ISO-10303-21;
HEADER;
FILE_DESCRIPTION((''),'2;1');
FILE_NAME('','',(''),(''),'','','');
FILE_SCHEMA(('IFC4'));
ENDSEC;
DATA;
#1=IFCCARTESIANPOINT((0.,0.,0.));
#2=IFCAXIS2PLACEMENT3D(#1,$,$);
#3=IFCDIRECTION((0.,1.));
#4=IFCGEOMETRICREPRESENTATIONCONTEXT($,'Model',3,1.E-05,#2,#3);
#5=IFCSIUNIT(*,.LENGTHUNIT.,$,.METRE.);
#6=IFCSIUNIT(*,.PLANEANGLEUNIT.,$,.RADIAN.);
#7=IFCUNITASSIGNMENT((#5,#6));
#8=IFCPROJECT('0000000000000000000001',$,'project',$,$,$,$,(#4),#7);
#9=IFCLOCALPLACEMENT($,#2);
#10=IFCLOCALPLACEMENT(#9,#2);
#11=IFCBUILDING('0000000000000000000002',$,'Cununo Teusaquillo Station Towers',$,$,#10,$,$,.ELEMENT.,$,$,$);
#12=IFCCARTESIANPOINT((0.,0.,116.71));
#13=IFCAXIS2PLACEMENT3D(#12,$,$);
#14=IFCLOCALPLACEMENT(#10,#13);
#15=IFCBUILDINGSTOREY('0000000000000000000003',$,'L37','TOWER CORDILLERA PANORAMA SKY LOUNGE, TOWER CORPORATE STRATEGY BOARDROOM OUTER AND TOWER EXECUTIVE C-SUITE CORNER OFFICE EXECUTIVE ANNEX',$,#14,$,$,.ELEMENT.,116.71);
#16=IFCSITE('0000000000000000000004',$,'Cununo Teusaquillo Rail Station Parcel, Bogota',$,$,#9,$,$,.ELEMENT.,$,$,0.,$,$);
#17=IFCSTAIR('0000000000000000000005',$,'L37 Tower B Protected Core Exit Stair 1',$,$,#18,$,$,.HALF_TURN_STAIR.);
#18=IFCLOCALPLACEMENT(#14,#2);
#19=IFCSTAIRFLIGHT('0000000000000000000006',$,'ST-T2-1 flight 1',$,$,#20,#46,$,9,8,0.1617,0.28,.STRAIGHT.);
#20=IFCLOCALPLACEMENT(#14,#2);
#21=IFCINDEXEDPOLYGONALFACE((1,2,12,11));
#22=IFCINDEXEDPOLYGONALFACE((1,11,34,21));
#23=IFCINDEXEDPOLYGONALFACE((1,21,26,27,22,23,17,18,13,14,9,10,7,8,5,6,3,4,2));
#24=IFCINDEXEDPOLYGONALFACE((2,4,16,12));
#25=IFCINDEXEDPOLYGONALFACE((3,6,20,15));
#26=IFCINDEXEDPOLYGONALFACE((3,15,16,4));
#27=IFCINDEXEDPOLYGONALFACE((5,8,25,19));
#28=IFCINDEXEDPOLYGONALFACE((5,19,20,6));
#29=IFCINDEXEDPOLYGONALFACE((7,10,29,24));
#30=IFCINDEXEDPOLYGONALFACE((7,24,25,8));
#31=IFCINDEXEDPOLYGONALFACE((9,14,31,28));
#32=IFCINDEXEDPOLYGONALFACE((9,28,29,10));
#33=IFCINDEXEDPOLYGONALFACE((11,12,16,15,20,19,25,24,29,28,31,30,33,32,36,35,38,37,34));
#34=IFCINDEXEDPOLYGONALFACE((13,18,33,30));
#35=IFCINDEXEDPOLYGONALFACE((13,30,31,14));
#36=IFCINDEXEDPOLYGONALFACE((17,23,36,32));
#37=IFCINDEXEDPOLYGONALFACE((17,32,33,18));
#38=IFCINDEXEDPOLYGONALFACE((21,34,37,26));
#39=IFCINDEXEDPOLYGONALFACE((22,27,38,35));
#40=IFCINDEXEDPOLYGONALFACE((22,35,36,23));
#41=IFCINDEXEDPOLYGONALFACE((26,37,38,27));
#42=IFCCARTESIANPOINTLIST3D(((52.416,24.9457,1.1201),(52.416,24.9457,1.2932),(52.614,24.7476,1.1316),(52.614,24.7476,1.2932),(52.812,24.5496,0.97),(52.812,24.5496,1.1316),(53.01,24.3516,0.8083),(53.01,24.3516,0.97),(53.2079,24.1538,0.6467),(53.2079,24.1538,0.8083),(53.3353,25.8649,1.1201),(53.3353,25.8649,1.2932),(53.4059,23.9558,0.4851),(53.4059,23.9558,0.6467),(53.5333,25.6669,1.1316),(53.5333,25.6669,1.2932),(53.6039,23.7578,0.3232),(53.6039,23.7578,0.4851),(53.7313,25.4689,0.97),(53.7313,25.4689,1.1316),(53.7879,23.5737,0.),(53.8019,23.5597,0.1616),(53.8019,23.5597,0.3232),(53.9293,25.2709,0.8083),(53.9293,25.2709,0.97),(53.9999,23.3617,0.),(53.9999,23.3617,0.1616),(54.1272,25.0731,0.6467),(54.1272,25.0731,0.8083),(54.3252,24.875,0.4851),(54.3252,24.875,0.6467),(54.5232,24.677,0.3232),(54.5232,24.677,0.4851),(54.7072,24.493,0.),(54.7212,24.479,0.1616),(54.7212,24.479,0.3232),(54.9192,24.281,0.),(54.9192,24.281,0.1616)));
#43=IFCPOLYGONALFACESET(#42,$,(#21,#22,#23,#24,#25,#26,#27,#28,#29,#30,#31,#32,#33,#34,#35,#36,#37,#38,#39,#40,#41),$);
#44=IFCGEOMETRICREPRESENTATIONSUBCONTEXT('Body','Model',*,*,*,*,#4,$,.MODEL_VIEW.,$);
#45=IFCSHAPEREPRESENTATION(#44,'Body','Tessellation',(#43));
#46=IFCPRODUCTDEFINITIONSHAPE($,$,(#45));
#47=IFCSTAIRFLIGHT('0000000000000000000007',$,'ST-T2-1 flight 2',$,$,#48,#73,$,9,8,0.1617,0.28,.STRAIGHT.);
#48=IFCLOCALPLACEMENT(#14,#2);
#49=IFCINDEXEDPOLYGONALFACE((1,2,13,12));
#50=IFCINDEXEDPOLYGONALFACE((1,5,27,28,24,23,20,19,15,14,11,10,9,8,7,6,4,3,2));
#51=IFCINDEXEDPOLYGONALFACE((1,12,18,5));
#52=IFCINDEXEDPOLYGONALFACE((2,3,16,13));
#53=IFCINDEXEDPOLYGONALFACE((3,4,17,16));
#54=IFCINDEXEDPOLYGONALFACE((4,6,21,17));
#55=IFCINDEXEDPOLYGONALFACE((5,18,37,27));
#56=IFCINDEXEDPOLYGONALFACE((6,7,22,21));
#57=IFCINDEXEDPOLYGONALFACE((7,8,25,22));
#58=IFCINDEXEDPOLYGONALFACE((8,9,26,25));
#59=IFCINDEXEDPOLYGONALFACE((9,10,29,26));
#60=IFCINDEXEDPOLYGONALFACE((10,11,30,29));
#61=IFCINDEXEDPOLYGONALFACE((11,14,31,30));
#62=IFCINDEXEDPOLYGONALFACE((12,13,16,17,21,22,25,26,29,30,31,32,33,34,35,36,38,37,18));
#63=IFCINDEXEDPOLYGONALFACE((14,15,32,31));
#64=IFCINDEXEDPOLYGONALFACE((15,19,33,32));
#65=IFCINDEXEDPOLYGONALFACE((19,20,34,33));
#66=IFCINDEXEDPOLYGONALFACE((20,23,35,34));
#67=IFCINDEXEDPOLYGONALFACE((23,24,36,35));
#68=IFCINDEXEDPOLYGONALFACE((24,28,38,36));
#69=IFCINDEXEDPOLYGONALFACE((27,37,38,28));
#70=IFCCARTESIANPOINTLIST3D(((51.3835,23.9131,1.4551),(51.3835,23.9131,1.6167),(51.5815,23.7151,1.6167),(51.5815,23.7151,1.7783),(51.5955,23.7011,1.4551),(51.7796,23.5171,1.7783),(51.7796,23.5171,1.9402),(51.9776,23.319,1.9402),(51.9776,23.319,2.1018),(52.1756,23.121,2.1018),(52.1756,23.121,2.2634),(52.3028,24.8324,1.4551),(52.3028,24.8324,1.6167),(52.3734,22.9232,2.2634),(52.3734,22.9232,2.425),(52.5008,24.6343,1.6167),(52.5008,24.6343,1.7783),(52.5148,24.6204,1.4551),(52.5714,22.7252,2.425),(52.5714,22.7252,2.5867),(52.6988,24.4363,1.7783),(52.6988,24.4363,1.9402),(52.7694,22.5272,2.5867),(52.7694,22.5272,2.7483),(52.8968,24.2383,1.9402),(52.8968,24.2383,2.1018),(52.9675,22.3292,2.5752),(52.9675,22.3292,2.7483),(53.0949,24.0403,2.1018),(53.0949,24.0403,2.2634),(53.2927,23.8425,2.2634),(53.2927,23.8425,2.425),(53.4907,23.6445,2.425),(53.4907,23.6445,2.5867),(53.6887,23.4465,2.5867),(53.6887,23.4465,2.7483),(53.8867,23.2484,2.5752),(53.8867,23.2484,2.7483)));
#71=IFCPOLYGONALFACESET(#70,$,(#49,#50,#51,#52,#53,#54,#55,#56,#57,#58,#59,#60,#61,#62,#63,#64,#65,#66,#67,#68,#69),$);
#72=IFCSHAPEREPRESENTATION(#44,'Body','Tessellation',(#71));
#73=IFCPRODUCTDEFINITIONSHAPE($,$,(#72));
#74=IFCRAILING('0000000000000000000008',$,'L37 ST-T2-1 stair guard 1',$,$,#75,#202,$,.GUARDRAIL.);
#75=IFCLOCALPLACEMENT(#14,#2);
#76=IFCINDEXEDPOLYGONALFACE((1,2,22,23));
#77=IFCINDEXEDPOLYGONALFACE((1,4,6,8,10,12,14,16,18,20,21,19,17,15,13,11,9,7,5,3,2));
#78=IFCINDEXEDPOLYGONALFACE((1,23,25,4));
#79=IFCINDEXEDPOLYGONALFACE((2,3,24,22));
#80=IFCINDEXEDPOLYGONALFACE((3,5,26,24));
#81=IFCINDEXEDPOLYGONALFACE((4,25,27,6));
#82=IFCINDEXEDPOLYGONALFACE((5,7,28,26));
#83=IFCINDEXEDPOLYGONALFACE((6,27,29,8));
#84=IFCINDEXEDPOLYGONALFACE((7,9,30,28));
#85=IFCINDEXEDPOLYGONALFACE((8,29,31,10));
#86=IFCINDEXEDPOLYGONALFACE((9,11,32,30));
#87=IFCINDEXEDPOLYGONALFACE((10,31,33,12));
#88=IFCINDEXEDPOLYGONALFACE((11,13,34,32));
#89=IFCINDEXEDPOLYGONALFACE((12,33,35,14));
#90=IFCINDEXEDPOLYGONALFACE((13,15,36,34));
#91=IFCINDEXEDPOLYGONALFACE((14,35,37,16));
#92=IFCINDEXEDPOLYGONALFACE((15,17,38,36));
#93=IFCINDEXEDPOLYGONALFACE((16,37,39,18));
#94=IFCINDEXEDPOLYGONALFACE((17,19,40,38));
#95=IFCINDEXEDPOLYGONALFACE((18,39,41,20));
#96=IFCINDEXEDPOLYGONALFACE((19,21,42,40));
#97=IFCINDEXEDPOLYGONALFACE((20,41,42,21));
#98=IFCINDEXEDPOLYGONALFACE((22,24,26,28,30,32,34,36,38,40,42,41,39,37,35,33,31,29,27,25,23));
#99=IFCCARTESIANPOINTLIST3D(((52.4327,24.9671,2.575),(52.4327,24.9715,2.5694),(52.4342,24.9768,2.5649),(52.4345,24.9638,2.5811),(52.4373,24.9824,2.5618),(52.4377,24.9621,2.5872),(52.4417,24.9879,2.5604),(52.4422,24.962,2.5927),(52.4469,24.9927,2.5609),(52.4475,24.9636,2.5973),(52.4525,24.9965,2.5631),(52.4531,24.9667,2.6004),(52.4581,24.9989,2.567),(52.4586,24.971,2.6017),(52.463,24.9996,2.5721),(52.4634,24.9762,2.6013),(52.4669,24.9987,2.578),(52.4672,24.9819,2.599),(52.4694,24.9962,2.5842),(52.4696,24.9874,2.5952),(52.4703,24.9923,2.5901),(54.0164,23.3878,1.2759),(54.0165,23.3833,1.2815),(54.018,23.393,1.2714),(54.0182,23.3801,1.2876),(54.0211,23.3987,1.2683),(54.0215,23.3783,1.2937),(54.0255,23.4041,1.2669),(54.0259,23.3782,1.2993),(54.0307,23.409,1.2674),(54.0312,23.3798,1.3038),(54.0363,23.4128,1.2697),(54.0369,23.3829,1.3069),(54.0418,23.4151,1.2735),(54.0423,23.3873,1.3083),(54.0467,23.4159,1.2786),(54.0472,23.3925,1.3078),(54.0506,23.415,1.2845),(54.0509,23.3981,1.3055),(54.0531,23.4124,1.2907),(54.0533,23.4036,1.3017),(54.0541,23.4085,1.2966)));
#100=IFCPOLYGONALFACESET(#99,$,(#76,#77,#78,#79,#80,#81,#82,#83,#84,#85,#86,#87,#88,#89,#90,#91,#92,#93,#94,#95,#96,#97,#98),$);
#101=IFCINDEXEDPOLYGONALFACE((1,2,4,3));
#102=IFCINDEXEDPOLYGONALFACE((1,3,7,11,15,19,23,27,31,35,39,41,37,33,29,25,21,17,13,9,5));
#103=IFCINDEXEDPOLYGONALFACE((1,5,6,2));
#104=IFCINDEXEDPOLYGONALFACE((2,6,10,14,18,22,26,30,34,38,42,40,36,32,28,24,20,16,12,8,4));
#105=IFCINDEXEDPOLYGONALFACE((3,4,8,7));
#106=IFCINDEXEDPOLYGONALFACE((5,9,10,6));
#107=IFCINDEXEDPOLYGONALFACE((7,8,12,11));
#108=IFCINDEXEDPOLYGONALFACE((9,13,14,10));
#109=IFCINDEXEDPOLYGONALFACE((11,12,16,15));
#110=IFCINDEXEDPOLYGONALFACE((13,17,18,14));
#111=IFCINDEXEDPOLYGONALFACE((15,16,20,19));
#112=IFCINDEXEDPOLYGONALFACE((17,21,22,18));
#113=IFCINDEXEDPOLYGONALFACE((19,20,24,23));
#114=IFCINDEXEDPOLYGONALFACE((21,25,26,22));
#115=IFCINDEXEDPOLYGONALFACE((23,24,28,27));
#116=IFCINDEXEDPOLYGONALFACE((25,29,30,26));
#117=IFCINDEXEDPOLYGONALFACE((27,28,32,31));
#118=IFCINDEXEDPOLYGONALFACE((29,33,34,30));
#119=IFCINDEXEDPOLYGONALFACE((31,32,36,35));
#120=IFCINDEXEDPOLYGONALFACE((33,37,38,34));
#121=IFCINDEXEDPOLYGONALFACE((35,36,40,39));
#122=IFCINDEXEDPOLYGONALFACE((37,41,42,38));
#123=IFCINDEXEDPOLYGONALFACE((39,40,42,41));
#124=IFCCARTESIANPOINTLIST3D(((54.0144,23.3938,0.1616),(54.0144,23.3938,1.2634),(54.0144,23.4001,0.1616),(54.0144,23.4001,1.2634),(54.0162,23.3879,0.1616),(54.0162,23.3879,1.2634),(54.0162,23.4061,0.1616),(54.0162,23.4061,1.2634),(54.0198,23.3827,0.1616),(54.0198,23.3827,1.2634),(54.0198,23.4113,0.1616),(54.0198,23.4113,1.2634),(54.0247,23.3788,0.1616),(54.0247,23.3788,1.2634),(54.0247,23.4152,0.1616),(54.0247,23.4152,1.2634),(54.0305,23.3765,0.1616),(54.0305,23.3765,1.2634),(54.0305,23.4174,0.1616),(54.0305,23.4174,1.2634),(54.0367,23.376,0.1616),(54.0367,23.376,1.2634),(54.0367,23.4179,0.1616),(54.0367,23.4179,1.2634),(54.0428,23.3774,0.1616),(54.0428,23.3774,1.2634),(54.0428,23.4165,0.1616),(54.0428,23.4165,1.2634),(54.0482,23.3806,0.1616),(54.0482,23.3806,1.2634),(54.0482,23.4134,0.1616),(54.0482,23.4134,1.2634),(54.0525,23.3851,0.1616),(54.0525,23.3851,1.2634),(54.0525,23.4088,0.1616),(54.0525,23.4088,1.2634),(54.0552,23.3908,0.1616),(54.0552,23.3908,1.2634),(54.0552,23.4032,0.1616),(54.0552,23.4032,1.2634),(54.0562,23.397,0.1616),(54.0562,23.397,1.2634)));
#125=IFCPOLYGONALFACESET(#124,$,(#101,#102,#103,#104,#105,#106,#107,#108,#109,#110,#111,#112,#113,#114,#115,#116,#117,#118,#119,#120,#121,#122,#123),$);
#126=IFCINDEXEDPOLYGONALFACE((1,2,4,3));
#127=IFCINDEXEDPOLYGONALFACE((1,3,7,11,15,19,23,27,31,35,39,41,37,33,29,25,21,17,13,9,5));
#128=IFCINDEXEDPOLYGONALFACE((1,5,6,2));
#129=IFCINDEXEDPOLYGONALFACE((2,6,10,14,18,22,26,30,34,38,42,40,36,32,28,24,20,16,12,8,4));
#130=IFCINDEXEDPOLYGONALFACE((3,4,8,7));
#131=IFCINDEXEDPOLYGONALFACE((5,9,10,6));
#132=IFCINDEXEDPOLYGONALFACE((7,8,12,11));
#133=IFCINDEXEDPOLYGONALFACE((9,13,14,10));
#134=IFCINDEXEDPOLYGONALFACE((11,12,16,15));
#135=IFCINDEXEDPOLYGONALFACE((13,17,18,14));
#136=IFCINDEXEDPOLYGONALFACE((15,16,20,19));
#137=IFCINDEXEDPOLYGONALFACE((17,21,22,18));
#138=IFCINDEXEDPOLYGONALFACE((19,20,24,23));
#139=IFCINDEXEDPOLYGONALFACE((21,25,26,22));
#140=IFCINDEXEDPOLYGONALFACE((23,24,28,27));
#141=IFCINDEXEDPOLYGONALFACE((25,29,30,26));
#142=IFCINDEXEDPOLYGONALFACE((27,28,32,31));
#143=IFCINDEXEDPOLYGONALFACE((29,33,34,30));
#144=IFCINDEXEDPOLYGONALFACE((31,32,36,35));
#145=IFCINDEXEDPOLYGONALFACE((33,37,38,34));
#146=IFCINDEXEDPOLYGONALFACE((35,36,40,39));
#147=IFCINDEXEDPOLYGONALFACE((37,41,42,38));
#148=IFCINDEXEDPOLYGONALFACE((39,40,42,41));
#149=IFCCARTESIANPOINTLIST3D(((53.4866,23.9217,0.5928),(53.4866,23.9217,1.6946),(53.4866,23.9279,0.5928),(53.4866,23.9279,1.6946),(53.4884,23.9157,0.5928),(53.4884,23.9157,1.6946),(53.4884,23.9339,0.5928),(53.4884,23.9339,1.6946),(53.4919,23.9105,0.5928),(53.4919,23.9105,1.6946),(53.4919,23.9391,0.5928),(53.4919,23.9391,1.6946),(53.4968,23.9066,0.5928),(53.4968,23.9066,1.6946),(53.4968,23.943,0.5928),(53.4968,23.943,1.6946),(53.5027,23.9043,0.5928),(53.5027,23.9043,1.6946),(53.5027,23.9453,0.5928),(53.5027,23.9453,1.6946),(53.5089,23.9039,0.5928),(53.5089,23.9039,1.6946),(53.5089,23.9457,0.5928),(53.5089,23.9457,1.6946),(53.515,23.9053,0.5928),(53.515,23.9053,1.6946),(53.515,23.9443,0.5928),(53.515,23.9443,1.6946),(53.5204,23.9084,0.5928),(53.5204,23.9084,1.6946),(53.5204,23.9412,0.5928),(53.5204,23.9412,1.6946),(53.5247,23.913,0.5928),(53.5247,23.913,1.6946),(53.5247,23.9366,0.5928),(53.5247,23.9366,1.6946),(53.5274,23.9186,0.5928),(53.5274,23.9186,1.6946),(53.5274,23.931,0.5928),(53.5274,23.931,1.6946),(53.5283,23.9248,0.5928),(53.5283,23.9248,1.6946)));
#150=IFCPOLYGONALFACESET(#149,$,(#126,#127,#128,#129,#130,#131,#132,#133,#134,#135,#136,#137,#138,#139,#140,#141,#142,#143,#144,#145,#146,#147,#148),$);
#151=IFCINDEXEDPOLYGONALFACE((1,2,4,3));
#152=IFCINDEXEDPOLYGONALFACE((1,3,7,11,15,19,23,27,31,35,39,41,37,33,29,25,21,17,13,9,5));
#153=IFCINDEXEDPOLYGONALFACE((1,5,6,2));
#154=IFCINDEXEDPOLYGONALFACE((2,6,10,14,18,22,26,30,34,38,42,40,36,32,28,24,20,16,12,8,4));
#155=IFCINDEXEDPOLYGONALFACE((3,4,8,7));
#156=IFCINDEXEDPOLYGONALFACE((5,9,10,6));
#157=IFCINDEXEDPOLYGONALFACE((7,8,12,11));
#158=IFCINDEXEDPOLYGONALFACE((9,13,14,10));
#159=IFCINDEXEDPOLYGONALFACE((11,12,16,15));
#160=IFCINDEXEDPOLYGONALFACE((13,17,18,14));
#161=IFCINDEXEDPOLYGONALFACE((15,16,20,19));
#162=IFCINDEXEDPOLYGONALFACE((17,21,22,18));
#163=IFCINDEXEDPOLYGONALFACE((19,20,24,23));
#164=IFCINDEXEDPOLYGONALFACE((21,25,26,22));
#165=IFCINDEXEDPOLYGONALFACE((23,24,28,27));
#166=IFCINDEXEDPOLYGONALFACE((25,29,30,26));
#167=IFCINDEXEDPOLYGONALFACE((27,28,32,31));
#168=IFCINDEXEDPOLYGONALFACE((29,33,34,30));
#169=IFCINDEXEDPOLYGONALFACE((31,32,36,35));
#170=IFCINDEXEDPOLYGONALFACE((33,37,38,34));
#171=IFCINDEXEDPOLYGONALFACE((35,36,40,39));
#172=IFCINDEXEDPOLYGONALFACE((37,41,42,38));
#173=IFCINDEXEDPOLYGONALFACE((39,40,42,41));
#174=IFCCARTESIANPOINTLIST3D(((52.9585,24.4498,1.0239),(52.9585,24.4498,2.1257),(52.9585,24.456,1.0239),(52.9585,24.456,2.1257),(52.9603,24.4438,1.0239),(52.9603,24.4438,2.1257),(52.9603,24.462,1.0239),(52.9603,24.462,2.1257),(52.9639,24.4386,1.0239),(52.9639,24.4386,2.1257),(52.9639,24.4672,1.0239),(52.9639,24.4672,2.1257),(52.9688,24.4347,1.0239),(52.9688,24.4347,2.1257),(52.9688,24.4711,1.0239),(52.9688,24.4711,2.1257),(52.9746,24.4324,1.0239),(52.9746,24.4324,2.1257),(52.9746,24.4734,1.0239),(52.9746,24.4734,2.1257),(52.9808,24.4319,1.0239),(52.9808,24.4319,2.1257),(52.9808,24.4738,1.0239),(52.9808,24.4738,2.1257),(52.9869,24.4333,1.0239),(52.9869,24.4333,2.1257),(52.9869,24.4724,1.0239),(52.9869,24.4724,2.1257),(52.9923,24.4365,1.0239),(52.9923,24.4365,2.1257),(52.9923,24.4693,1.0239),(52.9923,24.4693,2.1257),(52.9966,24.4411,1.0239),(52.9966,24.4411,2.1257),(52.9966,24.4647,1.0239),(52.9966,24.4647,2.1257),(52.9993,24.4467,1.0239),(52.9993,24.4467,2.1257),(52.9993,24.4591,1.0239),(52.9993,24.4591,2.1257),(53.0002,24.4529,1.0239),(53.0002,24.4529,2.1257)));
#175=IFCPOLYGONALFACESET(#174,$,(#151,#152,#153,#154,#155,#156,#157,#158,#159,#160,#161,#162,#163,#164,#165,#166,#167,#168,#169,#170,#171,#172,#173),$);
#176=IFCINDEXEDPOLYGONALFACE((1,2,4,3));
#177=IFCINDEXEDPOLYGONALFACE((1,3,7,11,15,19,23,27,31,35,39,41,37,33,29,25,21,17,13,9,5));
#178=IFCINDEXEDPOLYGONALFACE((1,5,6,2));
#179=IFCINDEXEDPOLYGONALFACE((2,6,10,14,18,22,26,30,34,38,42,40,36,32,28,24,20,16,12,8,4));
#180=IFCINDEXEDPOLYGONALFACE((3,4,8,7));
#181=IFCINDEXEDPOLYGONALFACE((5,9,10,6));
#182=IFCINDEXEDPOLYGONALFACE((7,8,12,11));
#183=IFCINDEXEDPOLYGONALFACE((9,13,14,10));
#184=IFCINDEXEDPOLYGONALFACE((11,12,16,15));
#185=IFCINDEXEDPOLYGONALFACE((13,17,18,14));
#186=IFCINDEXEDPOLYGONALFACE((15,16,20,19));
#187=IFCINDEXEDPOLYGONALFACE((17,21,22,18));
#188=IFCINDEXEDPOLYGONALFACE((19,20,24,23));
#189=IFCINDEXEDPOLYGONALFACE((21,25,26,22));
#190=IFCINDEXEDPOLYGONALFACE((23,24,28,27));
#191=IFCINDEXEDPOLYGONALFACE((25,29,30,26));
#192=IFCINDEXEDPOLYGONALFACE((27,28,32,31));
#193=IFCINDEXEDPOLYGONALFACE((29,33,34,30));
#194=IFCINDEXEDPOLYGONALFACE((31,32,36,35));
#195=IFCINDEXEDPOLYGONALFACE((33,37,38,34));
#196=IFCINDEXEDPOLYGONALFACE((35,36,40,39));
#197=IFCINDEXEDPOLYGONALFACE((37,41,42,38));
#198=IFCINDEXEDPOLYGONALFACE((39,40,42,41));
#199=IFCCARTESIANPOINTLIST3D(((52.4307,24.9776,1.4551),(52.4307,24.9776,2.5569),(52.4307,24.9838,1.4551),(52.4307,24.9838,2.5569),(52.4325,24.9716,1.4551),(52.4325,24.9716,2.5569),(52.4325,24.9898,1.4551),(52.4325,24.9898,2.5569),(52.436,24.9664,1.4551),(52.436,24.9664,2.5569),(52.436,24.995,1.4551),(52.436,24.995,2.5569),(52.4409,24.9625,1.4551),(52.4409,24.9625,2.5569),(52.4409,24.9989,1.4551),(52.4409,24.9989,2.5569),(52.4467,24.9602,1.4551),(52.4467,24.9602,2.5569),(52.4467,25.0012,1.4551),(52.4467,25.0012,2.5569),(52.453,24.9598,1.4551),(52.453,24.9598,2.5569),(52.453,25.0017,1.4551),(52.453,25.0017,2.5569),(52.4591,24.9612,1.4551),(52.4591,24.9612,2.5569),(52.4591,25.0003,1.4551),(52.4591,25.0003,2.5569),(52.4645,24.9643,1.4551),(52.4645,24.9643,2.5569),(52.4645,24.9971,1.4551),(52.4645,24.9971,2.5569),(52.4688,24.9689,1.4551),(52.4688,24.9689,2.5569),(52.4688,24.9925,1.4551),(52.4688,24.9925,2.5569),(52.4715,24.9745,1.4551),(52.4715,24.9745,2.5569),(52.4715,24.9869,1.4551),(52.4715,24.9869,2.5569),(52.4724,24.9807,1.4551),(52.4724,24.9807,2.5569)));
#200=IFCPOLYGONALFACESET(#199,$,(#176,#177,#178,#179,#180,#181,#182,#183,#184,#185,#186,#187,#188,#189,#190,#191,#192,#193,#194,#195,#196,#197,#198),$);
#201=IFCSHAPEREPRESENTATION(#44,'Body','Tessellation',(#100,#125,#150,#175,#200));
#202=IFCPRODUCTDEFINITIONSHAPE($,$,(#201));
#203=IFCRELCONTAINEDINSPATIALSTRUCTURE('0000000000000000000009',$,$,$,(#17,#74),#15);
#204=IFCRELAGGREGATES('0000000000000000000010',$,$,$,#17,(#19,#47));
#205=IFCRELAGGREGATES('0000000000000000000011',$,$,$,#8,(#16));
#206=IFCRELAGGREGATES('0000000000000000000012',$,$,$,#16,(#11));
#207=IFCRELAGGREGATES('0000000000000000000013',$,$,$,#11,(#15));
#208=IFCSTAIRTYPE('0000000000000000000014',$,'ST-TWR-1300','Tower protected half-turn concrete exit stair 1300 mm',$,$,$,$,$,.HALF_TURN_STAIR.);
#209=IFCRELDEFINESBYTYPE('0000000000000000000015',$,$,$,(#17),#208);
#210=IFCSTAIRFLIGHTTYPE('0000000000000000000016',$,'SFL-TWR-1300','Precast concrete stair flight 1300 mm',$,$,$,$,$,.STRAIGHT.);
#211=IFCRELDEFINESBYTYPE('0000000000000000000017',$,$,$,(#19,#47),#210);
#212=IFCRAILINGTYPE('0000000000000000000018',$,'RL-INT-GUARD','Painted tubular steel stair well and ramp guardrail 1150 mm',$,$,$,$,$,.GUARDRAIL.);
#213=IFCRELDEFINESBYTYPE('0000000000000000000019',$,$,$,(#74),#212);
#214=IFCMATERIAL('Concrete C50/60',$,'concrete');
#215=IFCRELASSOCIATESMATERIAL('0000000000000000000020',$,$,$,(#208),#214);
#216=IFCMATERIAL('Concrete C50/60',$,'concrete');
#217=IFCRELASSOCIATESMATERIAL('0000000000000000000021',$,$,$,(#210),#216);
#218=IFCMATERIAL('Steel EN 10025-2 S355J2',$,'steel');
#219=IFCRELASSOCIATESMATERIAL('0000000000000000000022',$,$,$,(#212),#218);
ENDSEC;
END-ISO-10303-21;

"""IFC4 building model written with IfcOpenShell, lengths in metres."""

from ifc_helpers import new_model, si_unit, direction, frame, origin, origin_2d, place, context, subcontext, project, spatial, polyline, circle, outline, extrude, material, type_object, element, aggregate, save


model = new_model("IFC4")

# Units and contexts
model_context = context("Model", 3, precision=1e-05, world=origin(), true_north=direction((0.0, 1.0)))
body_context = subcontext(model_context, "Body", "Model", "MODEL_VIEW")
ifc_project = project(units=[si_unit("LENGTHUNIT", "METRE"), si_unit("PLANEANGLEUNIT", "RADIAN")], contexts=[model_context])

# Site, building, storey
site_placement = place(None, origin())
site = spatial("IfcSite", under=ifc_project, at=site_placement, Name="Cununo Teusaquillo Rail Station Parcel, Bogota", CompositionType="ELEMENT", RefElevation=0.0)
building_placement = place(site_placement, origin())
building = spatial("IfcBuilding", under=site, at=building_placement, Name="Cununo Teusaquillo Station Towers", CompositionType="ELEMENT")
storey_placement = place(building_placement, frame((0.0, 0.0, 116.71)))
storey = spatial("IfcBuildingStorey", under=building, at=storey_placement, Name="L37", Description="TOWER CORDILLERA PANORAMA SKY LOUNGE, TOWER CORPORATE STRATEGY BOARDROOM OUTER AND TOWER EXECUTIVE C-SUITE CORNER OFFICE EXECUTIVE ANNEX", CompositionType="ELEMENT", Elevation=116.71)

# Stair, stair flights
ifc_material_1 = material(Name="Concrete C50/60", Category="concrete")
stair_type = type_object("IfcStairType", Name="ST-TWR-1300", Description="Tower protected half-turn concrete exit stair 1300 mm", PredefinedType="HALF_TURN_STAIR", material=ifc_material_1)
stair_placement = place(storey_placement, origin())
stair = element("IfcStair", 1, at=stair_placement, inside=storey, type_object=stair_type, Name="L37 Tower B Protected Core Exit Stair 1", PredefinedType="HALF_TURN_STAIR")
ifc_material_2 = material(Name="Concrete C50/60", Category="concrete")
stair_flight_type = type_object("IfcStairFlightType", Name="SFL-TWR-1300", Description="Precast concrete stair flight 1300 mm", PredefinedType="STRAIGHT", material=ifc_material_2)
stair_flight_1_placement = place(storey_placement, frame((54.4595, 23.8213, 0.0), z_axis=(0.0, 0.0, 1.0), x_axis=(-0.707107, 0.707107, 0.0)))
stair_flight_1 = element("IfcStairFlight", 2, at=stair_flight_1_placement, type_object=stair_flight_type, Name="ST-T2-1 flight 1", NumberOfRisers=9, NumberOfTreads=8, PredefinedType="STRAIGHT", RiserHeight=0.1617, TreadLength=0.28, context=body_context, shape_type="SweptSolid", body=[
    extrude(outline(polyline([(0.0, 0.0), (0.0, 0.1616), (0.28, 0.1616), (0.28, 0.3232), (0.5601, 0.3232), (0.5601, 0.4851), (0.8401, 0.4851), (0.8401, 0.6467), (1.1201, 0.6467), (1.1201, 0.8083), (1.3999, 0.8083), (1.3999, 0.97), (1.6799, 0.97), (1.6799, 1.1316), (1.96, 1.1316), (1.96, 1.2932), (2.24, 1.2932), (2.24, 1.4551), (2.24, 1.1201), (0.2998, 0.0), (0.0, 0.0)])), frame((0.0, 0.6499, 0.0), z_axis=(0.0, -1.0, 0.0), x_axis=(1.0, 0.0, 0.0)), (0.0, 0.0, 1.0), 1.3),
])
stair_flight_2_placement = place(storey_placement, frame((51.8433, 24.3728, 1.4551), z_axis=(0.0, 0.0, 1.0), x_axis=(0.707107, -0.707107, 0.0)))
stair_flight_2 = element("IfcStairFlight", 3, at=stair_flight_2_placement, type_object=stair_flight_type, Name="ST-T2-1 flight 2", NumberOfRisers=9, NumberOfTreads=8, PredefinedType="STRAIGHT", RiserHeight=0.1617, TreadLength=0.28, context=body_context, shape_type="SweptSolid", body=[
    extrude(outline(polyline([(0.0, 0.0), (0.0, 0.1616), (0.28, 0.1616), (0.28, 0.3232), (0.5601, 0.3232), (0.5601, 0.4851), (0.8401, 0.4851), (0.8401, 0.6467), (1.1201, 0.6467), (1.1201, 0.8083), (1.3999, 0.8083), (1.3999, 0.97), (1.6799, 0.97), (1.6799, 1.1316), (1.96, 1.1316), (1.96, 1.2932), (2.24, 1.2932), (2.24, 1.4551), (2.24, 1.1201), (0.2998, 0.0), (0.0, 0.0)])), frame((0.0, 0.6499, 0.0), z_axis=(0.0, -1.0, 0.0), x_axis=(1.0, 0.0, 0.0)), (0.0, 0.0, 1.0), 1.3),
])
aggregate(stair, [stair_flight_1, stair_flight_2])

# Railing
ifc_material_3 = material(Name="Steel EN 10025-2 S355J2", Category="steel")
railing_type_1 = type_object("IfcRailingType", Name="RL-INT-GUARD", Description="Painted tubular steel stair well and ramp guardrail 1150 mm", PredefinedType="GUARDRAIL", material=ifc_material_3)
railing_1_placement = place(storey_placement, frame((54.0352, 23.397, 0.1616)))
element("IfcRailing", 4, at=railing_1_placement, inside=storey, type_object=railing_type_1, Name="L37 ST-T2-1 stair guard 1", PredefinedType="GUARDRAIL", context=body_context, shape_type="SweptSolid", body=[
    extrude(circle(Radius=0.0239, at=origin_2d()), frame((0.0, 0.0, 1.126), z_axis=(-0.612332, 0.612332, 0.500098), x_axis=(-0.707107, -0.707107, 0.0)), (0.0, 0.0, 1.0), 2.5864),
    extrude(circle(Radius=0.021, at=origin_2d()), origin(), (0.0, 0.0, 1.0), 1.1018),
    extrude(circle(Radius=0.021, at=origin_2d()), frame((-0.5278, 0.5278, 0.4312)), (0.0, 0.0, 1.0), 1.1018),
    extrude(circle(Radius=0.021, at=origin_2d()), frame((-1.0559, 1.0559, 0.8623)), (0.0, 0.0, 1.0), 1.1018),
    extrude(circle(Radius=0.021, at=origin_2d()), frame((-1.5837, 1.5837, 1.2935)), (0.0, 0.0, 1.0), 1.1018),
])

save(model, "model.ifc")
